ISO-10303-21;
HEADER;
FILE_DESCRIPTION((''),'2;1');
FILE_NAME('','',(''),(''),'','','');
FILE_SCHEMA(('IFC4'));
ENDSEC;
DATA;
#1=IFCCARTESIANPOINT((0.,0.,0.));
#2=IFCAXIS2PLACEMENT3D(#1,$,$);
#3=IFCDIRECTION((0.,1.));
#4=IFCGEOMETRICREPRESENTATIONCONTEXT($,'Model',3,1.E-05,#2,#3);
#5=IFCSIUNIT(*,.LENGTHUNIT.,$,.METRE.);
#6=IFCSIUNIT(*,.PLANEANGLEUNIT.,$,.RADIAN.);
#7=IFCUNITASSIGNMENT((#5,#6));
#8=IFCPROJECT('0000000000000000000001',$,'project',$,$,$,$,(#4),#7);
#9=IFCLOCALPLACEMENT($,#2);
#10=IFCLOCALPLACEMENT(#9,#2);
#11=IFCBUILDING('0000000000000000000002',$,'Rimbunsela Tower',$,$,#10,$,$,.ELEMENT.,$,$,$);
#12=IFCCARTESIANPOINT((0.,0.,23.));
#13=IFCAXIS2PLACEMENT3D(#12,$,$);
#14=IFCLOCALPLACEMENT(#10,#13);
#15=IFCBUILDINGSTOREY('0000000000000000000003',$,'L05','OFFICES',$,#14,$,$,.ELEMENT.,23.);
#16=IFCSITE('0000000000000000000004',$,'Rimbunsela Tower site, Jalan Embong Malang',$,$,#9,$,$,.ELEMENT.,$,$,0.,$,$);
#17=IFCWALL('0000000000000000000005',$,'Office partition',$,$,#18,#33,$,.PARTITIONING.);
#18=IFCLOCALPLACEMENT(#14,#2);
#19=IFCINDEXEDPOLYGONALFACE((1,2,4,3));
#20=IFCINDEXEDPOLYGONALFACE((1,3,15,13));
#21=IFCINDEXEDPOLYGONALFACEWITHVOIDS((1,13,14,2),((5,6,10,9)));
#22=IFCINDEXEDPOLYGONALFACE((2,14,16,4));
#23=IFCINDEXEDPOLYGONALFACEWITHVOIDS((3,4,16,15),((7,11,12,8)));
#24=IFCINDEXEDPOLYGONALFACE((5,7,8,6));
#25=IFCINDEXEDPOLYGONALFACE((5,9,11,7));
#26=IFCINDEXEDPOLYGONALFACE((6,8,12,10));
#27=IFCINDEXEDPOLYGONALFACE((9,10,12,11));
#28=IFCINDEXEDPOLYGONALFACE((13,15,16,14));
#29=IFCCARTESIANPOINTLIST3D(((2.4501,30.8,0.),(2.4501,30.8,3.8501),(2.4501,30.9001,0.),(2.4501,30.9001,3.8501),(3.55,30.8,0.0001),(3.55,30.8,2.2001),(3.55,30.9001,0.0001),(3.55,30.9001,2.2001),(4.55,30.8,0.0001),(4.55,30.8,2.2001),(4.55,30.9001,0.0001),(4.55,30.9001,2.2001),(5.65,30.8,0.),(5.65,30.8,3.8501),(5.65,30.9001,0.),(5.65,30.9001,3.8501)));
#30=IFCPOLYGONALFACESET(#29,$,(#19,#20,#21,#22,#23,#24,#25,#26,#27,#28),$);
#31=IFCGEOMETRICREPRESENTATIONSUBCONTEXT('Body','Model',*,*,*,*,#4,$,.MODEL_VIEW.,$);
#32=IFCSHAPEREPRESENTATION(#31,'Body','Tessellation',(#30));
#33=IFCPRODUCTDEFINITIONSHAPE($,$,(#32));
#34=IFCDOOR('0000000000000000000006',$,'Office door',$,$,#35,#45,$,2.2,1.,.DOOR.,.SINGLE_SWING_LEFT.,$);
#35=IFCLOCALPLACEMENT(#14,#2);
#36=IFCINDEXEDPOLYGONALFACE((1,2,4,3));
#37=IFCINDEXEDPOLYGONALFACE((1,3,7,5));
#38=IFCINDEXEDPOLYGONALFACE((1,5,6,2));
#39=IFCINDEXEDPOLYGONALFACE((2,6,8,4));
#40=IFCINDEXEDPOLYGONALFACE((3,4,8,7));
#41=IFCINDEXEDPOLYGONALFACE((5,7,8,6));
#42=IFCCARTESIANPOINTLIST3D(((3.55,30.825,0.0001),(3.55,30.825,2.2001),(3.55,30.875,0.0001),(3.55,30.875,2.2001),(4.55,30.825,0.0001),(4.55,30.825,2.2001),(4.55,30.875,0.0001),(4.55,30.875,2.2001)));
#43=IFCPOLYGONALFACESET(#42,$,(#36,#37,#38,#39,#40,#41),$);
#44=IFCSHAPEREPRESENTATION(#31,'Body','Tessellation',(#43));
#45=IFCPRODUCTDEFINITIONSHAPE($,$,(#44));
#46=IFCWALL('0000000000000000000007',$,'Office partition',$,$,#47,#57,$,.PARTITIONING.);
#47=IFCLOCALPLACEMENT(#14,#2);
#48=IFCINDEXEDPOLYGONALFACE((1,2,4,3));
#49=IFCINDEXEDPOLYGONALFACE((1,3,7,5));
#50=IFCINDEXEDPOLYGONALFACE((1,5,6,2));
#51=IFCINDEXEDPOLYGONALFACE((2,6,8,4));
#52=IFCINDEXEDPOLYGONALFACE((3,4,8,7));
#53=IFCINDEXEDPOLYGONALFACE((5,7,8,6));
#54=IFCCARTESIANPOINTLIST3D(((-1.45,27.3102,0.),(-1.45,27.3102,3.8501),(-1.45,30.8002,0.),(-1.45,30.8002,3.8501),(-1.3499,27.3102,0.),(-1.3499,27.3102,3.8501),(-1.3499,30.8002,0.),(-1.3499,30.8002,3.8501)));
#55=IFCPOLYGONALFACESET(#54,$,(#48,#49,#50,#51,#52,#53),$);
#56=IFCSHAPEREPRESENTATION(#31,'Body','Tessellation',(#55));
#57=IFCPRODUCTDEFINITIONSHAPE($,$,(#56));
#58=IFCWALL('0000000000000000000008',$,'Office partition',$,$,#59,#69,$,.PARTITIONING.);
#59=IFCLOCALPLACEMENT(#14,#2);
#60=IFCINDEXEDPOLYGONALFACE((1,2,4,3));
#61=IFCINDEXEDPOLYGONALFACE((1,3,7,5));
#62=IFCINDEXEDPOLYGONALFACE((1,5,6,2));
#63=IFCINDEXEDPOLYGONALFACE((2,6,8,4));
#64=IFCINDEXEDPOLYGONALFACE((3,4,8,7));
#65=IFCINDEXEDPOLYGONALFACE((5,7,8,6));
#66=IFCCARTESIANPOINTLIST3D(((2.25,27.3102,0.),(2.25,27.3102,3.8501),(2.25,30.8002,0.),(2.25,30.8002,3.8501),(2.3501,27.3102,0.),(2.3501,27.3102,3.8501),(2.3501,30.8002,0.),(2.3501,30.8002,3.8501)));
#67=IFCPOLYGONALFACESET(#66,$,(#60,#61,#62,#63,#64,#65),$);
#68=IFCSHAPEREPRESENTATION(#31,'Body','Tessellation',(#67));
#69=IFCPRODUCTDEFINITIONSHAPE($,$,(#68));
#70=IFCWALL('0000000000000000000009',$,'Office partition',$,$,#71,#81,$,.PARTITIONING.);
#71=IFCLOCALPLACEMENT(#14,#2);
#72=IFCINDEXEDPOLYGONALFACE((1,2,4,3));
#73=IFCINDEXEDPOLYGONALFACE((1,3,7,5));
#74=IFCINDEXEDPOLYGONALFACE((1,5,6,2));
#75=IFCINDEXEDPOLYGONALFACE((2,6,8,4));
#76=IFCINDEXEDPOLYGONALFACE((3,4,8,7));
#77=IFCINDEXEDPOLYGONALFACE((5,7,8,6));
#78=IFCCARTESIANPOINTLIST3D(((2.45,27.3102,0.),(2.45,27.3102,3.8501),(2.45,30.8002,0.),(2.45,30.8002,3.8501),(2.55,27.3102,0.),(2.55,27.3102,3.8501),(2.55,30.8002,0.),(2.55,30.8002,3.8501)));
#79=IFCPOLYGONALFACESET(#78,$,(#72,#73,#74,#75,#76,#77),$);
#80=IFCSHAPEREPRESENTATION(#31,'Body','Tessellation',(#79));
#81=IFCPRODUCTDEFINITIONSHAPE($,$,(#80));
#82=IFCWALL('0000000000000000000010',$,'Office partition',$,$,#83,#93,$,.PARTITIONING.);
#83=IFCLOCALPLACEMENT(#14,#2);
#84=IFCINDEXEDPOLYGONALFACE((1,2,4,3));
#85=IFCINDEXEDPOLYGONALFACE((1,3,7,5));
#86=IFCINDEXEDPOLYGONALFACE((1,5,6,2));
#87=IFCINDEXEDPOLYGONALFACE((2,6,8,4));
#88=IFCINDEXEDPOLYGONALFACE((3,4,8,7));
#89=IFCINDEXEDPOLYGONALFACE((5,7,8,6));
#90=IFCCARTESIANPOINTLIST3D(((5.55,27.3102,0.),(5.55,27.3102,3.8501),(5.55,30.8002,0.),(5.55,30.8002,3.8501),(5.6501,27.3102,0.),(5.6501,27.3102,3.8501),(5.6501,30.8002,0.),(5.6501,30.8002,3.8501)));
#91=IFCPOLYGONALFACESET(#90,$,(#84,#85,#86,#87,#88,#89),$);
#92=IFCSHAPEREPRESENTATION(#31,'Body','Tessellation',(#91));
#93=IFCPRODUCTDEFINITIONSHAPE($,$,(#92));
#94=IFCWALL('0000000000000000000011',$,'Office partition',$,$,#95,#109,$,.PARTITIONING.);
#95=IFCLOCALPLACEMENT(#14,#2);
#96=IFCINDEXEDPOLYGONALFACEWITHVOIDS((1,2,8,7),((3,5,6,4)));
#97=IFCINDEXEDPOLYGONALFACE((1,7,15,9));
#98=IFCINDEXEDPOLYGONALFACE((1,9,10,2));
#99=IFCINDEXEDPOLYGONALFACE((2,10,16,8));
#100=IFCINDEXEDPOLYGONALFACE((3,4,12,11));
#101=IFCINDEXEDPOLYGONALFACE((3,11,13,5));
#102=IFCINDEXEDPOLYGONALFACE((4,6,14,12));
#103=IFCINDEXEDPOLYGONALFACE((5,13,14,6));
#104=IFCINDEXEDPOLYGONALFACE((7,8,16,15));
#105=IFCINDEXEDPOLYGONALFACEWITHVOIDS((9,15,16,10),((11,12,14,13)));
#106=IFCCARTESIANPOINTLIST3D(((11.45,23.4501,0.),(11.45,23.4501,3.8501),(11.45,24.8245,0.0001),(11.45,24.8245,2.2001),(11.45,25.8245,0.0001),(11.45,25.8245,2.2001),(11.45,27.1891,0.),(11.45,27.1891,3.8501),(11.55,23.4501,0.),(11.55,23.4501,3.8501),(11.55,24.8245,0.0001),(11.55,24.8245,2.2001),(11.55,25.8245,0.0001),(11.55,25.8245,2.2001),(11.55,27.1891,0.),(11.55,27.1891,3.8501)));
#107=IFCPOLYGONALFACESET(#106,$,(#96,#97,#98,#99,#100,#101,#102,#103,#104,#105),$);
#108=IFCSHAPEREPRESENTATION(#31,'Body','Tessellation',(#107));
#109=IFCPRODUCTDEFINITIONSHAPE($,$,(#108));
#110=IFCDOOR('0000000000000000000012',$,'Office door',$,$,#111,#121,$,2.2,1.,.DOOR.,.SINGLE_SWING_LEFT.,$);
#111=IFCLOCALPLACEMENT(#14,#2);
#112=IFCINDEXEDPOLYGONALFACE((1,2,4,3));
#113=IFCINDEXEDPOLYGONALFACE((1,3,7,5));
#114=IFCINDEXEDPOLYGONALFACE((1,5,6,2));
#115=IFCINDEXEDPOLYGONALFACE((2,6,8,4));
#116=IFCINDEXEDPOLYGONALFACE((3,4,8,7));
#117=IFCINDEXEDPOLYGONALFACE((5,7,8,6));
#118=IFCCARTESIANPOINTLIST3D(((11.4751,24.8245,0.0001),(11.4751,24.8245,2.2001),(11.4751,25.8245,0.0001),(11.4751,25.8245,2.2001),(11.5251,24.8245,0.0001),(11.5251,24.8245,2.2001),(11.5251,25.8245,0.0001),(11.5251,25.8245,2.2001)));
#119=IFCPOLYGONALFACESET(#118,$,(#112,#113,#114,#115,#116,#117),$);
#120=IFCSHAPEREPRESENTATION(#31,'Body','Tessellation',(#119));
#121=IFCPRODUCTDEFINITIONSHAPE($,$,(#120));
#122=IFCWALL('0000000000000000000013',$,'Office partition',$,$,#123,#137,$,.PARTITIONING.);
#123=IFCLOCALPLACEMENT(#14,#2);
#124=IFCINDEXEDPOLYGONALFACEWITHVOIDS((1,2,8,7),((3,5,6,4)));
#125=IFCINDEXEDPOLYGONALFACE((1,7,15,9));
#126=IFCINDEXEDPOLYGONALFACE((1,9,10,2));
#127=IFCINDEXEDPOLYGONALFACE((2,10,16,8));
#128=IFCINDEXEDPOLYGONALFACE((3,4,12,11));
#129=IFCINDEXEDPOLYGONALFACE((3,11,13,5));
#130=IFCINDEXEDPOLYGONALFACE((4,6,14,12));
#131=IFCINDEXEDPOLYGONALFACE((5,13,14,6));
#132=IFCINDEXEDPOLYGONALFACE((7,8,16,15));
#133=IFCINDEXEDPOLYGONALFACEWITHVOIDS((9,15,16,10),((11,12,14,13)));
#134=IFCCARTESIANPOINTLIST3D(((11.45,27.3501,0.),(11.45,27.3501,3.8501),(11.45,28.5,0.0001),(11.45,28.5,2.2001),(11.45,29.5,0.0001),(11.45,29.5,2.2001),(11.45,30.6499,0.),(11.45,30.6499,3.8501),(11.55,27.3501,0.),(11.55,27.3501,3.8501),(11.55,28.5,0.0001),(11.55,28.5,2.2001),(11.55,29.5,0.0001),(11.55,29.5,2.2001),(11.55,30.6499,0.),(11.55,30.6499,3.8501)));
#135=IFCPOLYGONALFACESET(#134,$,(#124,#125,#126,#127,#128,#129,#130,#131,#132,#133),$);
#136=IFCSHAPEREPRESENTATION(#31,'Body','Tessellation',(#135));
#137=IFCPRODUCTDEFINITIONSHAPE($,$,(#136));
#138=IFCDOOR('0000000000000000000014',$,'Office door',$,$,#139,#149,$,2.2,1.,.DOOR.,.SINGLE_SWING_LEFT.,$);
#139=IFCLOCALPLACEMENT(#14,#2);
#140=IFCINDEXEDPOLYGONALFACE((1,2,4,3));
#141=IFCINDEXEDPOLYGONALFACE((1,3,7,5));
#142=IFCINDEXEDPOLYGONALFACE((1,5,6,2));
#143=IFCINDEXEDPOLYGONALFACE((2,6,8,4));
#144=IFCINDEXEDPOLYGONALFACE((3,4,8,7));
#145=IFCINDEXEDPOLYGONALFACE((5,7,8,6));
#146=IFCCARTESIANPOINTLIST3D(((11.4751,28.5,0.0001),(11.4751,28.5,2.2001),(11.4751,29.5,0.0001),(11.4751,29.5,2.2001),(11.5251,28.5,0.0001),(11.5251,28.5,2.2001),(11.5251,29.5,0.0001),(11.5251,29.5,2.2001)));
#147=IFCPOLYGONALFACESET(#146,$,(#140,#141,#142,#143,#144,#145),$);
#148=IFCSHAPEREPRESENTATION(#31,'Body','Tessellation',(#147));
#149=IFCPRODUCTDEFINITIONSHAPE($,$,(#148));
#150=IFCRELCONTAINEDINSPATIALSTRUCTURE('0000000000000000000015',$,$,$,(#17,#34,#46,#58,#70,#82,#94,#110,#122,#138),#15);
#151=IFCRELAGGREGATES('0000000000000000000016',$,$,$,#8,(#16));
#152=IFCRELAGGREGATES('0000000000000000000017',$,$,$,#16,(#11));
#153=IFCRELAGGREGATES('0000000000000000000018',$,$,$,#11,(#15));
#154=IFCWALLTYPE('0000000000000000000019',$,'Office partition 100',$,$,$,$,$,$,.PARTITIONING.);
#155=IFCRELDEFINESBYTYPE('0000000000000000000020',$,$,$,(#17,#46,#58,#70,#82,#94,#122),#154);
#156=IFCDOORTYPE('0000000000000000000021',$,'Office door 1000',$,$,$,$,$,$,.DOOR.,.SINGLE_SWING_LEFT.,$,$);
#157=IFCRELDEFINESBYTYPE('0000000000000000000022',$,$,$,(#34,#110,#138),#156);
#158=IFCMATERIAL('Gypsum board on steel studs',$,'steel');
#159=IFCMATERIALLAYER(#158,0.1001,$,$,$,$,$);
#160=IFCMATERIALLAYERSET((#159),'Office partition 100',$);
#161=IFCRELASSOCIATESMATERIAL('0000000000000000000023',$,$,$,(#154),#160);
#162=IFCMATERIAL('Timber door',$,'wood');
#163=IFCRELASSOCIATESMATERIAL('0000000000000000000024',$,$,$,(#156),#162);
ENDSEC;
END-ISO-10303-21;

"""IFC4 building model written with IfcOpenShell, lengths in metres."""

from ifc_helpers import new_model, si_unit, direction, frame, frame_2d, origin, place, context, subcontext, project, spatial, rectangle, extrude, material, layer, layer_set, type_object, element, fill, save


model = new_model("IFC4")

# Units and contexts
model_context = context("Model", 3, precision=1e-05, world=origin(), true_north=direction((0.0, 1.0)))
body_context = subcontext(model_context, "Body", "Model", "MODEL_VIEW")
ifc_project = project(units=[si_unit("LENGTHUNIT", "METRE"), si_unit("PLANEANGLEUNIT", "RADIAN")], contexts=[model_context])

# Site, building, storey
site_placement = place(None, origin())
site = spatial("IfcSite", under=ifc_project, at=site_placement, Name="Rimbunsela Tower site, Jalan Embong Malang", CompositionType="ELEMENT", RefElevation=0.0)
building_placement = place(site_placement, origin())
building = spatial("IfcBuilding", under=site, at=building_placement, Name="Rimbunsela Tower", CompositionType="ELEMENT")
storey_placement = place(building_placement, frame((0.0, 0.0, 23.0)))
storey = spatial("IfcBuildingStorey", under=building, at=storey_placement, Name="L05", Description="OFFICES", CompositionType="ELEMENT", Elevation=23.0)

# Shared definitions
ifc_material_1 = material(Name="Gypsum board on steel studs", Category="steel")
ifc_layer_1 = layer(ifc_material_1, 0.1001)
ifc_layer_set_1 = layer_set([ifc_layer_1], Name="Office partition 100")
wall_type_1 = type_object("IfcWallType", Name="Office partition 100", PredefinedType="PARTITIONING", material=ifc_layer_set_1)

# Wall, opening, door
wall_1_placement = place(storey_placement, frame((2.45, 30.8501, 0.0), z_axis=(0.0, 0.0, 1.0), x_axis=(1.0, 0.0, 0.0)))
wall_1 = element("IfcWall", 1, at=wall_1_placement, inside=storey, type_object=wall_type_1, Name="Office partition", PredefinedType="PARTITIONING", context=body_context, shape_type="SweptSolid", body=[
    extrude(rectangle(XDim=3.2, YDim=0.1001, at=frame_2d((1.6001, 0.0))), origin(), (0.0, 0.0, 1.0), 3.8501),
])
opening_1_placement = place(wall_1_placement, frame((1.1001, 0.0, 0.0)))
opening_1 = element("IfcOpeningElement", 2, at=opening_1_placement, cuts=wall_1, PredefinedType="OPENING", context=body_context, shape_type="SweptSolid", body=[
    extrude(rectangle(XDim=1.0, YDim=2.2, at=frame_2d((0.5, 1.1001))), frame((0.0, 0.0601, 0.0), z_axis=(0.0, -1.0, 0.0), x_axis=(1.0, 0.0, 0.0)), (0.0, 0.0, 1.0), 0.1201),
])
ifc_material_2 = material(Name="Timber door", Category="wood")
door_type_1 = type_object("IfcDoorType", Name="Office door 1000", OperationType="SINGLE_SWING_LEFT", PredefinedType="DOOR", material=ifc_material_2)
door_1_placement = place(opening_1_placement, origin())
door_1 = element("IfcDoor", 3, at=door_1_placement, inside=storey, type_object=door_type_1, Name="Office door", OperationType="SINGLE_SWING_LEFT", OverallHeight=2.2, OverallWidth=1.0, PredefinedType="DOOR", context=body_context, shape_type="SweptSolid", body=[
    extrude(rectangle(XDim=1.0, YDim=2.2, at=frame_2d((0.5, 1.1001))), frame((0.0, 0.0249, 0.0), z_axis=(0.0, -1.0, 0.0), x_axis=(1.0, 0.0, 0.0)), (0.0, 0.0, 1.0), 0.05),
])
fill(opening_1, door_1)

# Walls
for number, where, z_axis, x_axis, name in (
    (4, (-1.3999, 27.3101, 0.0), (0.0, 0.0, 1.0), (0.0, 1.0, 0.0), "Office partition"),
    (5, (2.3, 27.3101, 0.0), (0.0, 0.0, 1.0), (0.0, 1.0, 0.0), "Office partition"),
    (6, (2.5, 27.3101, 0.0), (0.0, 0.0, 1.0), (0.0, 1.0, 0.0), "Office partition"),
    (7, (5.6001, 27.3101, 0.0), (0.0, 0.0, 1.0), (0.0, 1.0, 0.0), "Office partition"),
):
    element("IfcWall", number, at=place(storey_placement, frame(where, z_axis=z_axis, x_axis=x_axis)), inside=storey, type_object=wall_type_1, Name=name, PredefinedType="PARTITIONING", context=body_context, shape_type="SweptSolid", body=[
        extrude(rectangle(XDim=3.49, YDim=0.1001, at=frame_2d((1.7451, 0.0))), origin(), (0.0, 0.0, 1.0), 3.8501),
    ])

# Walls, openings, doors
wall_2_placement = place(storey_placement, frame((11.5, 23.45, 0.0), z_axis=(0.0, 0.0, 1.0), x_axis=(0.0, 1.0, 0.0)))
wall_2 = element("IfcWall", 8, at=wall_2_placement, inside=storey, type_object=wall_type_1, Name="Office partition", PredefinedType="PARTITIONING", context=body_context, shape_type="SweptSolid", body=[
    extrude(rectangle(XDim=3.739, YDim=0.1001, at=frame_2d((1.8696, 0.0))), origin(), (0.0, 0.0, 1.0), 3.8501),
])
opening_2_placement = place(wall_2_placement, frame((1.3745, 0.0, 0.0)))
opening_2 = element("IfcOpeningElement", 9, at=opening_2_placement, cuts=wall_2, PredefinedType="OPENING", context=body_context, shape_type="SweptSolid", body=[
    extrude(rectangle(XDim=1.0, YDim=2.2, at=frame_2d((0.5, 1.1001))), frame((0.0, 0.0601, 0.0), z_axis=(0.0, -1.0, 0.0), x_axis=(1.0, 0.0, 0.0)), (0.0, 0.0, 1.0), 0.1201),
])
door_2_placement = place(opening_2_placement, origin())
door_2 = element("IfcDoor", 10, at=door_2_placement, inside=storey, type_object=door_type_1, Name="Office door", OperationType="SINGLE_SWING_LEFT", OverallHeight=2.2, OverallWidth=1.0, PredefinedType="DOOR", context=body_context, shape_type="SweptSolid", body=[
    extrude(rectangle(XDim=1.0, YDim=2.2, at=frame_2d((0.5, 1.1001))), frame((0.0, 0.0249, 0.0), z_axis=(0.0, -1.0, 0.0), x_axis=(1.0, 0.0, 0.0)), (0.0, 0.0, 1.0), 0.05),
])
fill(opening_2, door_2)
wall_3_placement = place(storey_placement, frame((11.5, 27.3501, 0.0), z_axis=(0.0, 0.0, 1.0), x_axis=(0.0, 1.0, 0.0)))
wall_3 = element("IfcWall", 11, at=wall_3_placement, inside=storey, type_object=wall_type_1, Name="Office partition", PredefinedType="PARTITIONING", context=body_context, shape_type="SweptSolid", body=[
    extrude(rectangle(XDim=3.2998, YDim=0.1001, at=frame_2d((1.6499, 0.0))), origin(), (0.0, 0.0, 1.0), 3.8501),
])
opening_3_placement = place(wall_3_placement, frame((1.1499, 0.0, 0.0)))
opening_3 = element("IfcOpeningElement", 12, at=opening_3_placement, cuts=wall_3, PredefinedType="OPENING", context=body_context, shape_type="SweptSolid", body=[
    extrude(rectangle(XDim=1.0, YDim=2.2, at=frame_2d((0.5, 1.1001))), frame((0.0, 0.0601, 0.0), z_axis=(0.0, -1.0, 0.0), x_axis=(1.0, 0.0, 0.0)), (0.0, 0.0, 1.0), 0.1201),
])
door_3_placement = place(opening_3_placement, origin())
door_3 = element("IfcDoor", 13, at=door_3_placement, inside=storey, type_object=door_type_1, Name="Office door", OperationType="SINGLE_SWING_LEFT", OverallHeight=2.2, OverallWidth=1.0, PredefinedType="DOOR", context=body_context, shape_type="SweptSolid", body=[
    extrude(rectangle(XDim=1.0, YDim=2.2, at=frame_2d((0.5, 1.1001))), frame((0.0, 0.0249, 0.0), z_axis=(0.0, -1.0, 0.0), x_axis=(1.0, 0.0, 0.0)), (0.0, 0.0, 1.0), 0.05),
])
fill(opening_3, door_3)

save(model, "model.ifc")
